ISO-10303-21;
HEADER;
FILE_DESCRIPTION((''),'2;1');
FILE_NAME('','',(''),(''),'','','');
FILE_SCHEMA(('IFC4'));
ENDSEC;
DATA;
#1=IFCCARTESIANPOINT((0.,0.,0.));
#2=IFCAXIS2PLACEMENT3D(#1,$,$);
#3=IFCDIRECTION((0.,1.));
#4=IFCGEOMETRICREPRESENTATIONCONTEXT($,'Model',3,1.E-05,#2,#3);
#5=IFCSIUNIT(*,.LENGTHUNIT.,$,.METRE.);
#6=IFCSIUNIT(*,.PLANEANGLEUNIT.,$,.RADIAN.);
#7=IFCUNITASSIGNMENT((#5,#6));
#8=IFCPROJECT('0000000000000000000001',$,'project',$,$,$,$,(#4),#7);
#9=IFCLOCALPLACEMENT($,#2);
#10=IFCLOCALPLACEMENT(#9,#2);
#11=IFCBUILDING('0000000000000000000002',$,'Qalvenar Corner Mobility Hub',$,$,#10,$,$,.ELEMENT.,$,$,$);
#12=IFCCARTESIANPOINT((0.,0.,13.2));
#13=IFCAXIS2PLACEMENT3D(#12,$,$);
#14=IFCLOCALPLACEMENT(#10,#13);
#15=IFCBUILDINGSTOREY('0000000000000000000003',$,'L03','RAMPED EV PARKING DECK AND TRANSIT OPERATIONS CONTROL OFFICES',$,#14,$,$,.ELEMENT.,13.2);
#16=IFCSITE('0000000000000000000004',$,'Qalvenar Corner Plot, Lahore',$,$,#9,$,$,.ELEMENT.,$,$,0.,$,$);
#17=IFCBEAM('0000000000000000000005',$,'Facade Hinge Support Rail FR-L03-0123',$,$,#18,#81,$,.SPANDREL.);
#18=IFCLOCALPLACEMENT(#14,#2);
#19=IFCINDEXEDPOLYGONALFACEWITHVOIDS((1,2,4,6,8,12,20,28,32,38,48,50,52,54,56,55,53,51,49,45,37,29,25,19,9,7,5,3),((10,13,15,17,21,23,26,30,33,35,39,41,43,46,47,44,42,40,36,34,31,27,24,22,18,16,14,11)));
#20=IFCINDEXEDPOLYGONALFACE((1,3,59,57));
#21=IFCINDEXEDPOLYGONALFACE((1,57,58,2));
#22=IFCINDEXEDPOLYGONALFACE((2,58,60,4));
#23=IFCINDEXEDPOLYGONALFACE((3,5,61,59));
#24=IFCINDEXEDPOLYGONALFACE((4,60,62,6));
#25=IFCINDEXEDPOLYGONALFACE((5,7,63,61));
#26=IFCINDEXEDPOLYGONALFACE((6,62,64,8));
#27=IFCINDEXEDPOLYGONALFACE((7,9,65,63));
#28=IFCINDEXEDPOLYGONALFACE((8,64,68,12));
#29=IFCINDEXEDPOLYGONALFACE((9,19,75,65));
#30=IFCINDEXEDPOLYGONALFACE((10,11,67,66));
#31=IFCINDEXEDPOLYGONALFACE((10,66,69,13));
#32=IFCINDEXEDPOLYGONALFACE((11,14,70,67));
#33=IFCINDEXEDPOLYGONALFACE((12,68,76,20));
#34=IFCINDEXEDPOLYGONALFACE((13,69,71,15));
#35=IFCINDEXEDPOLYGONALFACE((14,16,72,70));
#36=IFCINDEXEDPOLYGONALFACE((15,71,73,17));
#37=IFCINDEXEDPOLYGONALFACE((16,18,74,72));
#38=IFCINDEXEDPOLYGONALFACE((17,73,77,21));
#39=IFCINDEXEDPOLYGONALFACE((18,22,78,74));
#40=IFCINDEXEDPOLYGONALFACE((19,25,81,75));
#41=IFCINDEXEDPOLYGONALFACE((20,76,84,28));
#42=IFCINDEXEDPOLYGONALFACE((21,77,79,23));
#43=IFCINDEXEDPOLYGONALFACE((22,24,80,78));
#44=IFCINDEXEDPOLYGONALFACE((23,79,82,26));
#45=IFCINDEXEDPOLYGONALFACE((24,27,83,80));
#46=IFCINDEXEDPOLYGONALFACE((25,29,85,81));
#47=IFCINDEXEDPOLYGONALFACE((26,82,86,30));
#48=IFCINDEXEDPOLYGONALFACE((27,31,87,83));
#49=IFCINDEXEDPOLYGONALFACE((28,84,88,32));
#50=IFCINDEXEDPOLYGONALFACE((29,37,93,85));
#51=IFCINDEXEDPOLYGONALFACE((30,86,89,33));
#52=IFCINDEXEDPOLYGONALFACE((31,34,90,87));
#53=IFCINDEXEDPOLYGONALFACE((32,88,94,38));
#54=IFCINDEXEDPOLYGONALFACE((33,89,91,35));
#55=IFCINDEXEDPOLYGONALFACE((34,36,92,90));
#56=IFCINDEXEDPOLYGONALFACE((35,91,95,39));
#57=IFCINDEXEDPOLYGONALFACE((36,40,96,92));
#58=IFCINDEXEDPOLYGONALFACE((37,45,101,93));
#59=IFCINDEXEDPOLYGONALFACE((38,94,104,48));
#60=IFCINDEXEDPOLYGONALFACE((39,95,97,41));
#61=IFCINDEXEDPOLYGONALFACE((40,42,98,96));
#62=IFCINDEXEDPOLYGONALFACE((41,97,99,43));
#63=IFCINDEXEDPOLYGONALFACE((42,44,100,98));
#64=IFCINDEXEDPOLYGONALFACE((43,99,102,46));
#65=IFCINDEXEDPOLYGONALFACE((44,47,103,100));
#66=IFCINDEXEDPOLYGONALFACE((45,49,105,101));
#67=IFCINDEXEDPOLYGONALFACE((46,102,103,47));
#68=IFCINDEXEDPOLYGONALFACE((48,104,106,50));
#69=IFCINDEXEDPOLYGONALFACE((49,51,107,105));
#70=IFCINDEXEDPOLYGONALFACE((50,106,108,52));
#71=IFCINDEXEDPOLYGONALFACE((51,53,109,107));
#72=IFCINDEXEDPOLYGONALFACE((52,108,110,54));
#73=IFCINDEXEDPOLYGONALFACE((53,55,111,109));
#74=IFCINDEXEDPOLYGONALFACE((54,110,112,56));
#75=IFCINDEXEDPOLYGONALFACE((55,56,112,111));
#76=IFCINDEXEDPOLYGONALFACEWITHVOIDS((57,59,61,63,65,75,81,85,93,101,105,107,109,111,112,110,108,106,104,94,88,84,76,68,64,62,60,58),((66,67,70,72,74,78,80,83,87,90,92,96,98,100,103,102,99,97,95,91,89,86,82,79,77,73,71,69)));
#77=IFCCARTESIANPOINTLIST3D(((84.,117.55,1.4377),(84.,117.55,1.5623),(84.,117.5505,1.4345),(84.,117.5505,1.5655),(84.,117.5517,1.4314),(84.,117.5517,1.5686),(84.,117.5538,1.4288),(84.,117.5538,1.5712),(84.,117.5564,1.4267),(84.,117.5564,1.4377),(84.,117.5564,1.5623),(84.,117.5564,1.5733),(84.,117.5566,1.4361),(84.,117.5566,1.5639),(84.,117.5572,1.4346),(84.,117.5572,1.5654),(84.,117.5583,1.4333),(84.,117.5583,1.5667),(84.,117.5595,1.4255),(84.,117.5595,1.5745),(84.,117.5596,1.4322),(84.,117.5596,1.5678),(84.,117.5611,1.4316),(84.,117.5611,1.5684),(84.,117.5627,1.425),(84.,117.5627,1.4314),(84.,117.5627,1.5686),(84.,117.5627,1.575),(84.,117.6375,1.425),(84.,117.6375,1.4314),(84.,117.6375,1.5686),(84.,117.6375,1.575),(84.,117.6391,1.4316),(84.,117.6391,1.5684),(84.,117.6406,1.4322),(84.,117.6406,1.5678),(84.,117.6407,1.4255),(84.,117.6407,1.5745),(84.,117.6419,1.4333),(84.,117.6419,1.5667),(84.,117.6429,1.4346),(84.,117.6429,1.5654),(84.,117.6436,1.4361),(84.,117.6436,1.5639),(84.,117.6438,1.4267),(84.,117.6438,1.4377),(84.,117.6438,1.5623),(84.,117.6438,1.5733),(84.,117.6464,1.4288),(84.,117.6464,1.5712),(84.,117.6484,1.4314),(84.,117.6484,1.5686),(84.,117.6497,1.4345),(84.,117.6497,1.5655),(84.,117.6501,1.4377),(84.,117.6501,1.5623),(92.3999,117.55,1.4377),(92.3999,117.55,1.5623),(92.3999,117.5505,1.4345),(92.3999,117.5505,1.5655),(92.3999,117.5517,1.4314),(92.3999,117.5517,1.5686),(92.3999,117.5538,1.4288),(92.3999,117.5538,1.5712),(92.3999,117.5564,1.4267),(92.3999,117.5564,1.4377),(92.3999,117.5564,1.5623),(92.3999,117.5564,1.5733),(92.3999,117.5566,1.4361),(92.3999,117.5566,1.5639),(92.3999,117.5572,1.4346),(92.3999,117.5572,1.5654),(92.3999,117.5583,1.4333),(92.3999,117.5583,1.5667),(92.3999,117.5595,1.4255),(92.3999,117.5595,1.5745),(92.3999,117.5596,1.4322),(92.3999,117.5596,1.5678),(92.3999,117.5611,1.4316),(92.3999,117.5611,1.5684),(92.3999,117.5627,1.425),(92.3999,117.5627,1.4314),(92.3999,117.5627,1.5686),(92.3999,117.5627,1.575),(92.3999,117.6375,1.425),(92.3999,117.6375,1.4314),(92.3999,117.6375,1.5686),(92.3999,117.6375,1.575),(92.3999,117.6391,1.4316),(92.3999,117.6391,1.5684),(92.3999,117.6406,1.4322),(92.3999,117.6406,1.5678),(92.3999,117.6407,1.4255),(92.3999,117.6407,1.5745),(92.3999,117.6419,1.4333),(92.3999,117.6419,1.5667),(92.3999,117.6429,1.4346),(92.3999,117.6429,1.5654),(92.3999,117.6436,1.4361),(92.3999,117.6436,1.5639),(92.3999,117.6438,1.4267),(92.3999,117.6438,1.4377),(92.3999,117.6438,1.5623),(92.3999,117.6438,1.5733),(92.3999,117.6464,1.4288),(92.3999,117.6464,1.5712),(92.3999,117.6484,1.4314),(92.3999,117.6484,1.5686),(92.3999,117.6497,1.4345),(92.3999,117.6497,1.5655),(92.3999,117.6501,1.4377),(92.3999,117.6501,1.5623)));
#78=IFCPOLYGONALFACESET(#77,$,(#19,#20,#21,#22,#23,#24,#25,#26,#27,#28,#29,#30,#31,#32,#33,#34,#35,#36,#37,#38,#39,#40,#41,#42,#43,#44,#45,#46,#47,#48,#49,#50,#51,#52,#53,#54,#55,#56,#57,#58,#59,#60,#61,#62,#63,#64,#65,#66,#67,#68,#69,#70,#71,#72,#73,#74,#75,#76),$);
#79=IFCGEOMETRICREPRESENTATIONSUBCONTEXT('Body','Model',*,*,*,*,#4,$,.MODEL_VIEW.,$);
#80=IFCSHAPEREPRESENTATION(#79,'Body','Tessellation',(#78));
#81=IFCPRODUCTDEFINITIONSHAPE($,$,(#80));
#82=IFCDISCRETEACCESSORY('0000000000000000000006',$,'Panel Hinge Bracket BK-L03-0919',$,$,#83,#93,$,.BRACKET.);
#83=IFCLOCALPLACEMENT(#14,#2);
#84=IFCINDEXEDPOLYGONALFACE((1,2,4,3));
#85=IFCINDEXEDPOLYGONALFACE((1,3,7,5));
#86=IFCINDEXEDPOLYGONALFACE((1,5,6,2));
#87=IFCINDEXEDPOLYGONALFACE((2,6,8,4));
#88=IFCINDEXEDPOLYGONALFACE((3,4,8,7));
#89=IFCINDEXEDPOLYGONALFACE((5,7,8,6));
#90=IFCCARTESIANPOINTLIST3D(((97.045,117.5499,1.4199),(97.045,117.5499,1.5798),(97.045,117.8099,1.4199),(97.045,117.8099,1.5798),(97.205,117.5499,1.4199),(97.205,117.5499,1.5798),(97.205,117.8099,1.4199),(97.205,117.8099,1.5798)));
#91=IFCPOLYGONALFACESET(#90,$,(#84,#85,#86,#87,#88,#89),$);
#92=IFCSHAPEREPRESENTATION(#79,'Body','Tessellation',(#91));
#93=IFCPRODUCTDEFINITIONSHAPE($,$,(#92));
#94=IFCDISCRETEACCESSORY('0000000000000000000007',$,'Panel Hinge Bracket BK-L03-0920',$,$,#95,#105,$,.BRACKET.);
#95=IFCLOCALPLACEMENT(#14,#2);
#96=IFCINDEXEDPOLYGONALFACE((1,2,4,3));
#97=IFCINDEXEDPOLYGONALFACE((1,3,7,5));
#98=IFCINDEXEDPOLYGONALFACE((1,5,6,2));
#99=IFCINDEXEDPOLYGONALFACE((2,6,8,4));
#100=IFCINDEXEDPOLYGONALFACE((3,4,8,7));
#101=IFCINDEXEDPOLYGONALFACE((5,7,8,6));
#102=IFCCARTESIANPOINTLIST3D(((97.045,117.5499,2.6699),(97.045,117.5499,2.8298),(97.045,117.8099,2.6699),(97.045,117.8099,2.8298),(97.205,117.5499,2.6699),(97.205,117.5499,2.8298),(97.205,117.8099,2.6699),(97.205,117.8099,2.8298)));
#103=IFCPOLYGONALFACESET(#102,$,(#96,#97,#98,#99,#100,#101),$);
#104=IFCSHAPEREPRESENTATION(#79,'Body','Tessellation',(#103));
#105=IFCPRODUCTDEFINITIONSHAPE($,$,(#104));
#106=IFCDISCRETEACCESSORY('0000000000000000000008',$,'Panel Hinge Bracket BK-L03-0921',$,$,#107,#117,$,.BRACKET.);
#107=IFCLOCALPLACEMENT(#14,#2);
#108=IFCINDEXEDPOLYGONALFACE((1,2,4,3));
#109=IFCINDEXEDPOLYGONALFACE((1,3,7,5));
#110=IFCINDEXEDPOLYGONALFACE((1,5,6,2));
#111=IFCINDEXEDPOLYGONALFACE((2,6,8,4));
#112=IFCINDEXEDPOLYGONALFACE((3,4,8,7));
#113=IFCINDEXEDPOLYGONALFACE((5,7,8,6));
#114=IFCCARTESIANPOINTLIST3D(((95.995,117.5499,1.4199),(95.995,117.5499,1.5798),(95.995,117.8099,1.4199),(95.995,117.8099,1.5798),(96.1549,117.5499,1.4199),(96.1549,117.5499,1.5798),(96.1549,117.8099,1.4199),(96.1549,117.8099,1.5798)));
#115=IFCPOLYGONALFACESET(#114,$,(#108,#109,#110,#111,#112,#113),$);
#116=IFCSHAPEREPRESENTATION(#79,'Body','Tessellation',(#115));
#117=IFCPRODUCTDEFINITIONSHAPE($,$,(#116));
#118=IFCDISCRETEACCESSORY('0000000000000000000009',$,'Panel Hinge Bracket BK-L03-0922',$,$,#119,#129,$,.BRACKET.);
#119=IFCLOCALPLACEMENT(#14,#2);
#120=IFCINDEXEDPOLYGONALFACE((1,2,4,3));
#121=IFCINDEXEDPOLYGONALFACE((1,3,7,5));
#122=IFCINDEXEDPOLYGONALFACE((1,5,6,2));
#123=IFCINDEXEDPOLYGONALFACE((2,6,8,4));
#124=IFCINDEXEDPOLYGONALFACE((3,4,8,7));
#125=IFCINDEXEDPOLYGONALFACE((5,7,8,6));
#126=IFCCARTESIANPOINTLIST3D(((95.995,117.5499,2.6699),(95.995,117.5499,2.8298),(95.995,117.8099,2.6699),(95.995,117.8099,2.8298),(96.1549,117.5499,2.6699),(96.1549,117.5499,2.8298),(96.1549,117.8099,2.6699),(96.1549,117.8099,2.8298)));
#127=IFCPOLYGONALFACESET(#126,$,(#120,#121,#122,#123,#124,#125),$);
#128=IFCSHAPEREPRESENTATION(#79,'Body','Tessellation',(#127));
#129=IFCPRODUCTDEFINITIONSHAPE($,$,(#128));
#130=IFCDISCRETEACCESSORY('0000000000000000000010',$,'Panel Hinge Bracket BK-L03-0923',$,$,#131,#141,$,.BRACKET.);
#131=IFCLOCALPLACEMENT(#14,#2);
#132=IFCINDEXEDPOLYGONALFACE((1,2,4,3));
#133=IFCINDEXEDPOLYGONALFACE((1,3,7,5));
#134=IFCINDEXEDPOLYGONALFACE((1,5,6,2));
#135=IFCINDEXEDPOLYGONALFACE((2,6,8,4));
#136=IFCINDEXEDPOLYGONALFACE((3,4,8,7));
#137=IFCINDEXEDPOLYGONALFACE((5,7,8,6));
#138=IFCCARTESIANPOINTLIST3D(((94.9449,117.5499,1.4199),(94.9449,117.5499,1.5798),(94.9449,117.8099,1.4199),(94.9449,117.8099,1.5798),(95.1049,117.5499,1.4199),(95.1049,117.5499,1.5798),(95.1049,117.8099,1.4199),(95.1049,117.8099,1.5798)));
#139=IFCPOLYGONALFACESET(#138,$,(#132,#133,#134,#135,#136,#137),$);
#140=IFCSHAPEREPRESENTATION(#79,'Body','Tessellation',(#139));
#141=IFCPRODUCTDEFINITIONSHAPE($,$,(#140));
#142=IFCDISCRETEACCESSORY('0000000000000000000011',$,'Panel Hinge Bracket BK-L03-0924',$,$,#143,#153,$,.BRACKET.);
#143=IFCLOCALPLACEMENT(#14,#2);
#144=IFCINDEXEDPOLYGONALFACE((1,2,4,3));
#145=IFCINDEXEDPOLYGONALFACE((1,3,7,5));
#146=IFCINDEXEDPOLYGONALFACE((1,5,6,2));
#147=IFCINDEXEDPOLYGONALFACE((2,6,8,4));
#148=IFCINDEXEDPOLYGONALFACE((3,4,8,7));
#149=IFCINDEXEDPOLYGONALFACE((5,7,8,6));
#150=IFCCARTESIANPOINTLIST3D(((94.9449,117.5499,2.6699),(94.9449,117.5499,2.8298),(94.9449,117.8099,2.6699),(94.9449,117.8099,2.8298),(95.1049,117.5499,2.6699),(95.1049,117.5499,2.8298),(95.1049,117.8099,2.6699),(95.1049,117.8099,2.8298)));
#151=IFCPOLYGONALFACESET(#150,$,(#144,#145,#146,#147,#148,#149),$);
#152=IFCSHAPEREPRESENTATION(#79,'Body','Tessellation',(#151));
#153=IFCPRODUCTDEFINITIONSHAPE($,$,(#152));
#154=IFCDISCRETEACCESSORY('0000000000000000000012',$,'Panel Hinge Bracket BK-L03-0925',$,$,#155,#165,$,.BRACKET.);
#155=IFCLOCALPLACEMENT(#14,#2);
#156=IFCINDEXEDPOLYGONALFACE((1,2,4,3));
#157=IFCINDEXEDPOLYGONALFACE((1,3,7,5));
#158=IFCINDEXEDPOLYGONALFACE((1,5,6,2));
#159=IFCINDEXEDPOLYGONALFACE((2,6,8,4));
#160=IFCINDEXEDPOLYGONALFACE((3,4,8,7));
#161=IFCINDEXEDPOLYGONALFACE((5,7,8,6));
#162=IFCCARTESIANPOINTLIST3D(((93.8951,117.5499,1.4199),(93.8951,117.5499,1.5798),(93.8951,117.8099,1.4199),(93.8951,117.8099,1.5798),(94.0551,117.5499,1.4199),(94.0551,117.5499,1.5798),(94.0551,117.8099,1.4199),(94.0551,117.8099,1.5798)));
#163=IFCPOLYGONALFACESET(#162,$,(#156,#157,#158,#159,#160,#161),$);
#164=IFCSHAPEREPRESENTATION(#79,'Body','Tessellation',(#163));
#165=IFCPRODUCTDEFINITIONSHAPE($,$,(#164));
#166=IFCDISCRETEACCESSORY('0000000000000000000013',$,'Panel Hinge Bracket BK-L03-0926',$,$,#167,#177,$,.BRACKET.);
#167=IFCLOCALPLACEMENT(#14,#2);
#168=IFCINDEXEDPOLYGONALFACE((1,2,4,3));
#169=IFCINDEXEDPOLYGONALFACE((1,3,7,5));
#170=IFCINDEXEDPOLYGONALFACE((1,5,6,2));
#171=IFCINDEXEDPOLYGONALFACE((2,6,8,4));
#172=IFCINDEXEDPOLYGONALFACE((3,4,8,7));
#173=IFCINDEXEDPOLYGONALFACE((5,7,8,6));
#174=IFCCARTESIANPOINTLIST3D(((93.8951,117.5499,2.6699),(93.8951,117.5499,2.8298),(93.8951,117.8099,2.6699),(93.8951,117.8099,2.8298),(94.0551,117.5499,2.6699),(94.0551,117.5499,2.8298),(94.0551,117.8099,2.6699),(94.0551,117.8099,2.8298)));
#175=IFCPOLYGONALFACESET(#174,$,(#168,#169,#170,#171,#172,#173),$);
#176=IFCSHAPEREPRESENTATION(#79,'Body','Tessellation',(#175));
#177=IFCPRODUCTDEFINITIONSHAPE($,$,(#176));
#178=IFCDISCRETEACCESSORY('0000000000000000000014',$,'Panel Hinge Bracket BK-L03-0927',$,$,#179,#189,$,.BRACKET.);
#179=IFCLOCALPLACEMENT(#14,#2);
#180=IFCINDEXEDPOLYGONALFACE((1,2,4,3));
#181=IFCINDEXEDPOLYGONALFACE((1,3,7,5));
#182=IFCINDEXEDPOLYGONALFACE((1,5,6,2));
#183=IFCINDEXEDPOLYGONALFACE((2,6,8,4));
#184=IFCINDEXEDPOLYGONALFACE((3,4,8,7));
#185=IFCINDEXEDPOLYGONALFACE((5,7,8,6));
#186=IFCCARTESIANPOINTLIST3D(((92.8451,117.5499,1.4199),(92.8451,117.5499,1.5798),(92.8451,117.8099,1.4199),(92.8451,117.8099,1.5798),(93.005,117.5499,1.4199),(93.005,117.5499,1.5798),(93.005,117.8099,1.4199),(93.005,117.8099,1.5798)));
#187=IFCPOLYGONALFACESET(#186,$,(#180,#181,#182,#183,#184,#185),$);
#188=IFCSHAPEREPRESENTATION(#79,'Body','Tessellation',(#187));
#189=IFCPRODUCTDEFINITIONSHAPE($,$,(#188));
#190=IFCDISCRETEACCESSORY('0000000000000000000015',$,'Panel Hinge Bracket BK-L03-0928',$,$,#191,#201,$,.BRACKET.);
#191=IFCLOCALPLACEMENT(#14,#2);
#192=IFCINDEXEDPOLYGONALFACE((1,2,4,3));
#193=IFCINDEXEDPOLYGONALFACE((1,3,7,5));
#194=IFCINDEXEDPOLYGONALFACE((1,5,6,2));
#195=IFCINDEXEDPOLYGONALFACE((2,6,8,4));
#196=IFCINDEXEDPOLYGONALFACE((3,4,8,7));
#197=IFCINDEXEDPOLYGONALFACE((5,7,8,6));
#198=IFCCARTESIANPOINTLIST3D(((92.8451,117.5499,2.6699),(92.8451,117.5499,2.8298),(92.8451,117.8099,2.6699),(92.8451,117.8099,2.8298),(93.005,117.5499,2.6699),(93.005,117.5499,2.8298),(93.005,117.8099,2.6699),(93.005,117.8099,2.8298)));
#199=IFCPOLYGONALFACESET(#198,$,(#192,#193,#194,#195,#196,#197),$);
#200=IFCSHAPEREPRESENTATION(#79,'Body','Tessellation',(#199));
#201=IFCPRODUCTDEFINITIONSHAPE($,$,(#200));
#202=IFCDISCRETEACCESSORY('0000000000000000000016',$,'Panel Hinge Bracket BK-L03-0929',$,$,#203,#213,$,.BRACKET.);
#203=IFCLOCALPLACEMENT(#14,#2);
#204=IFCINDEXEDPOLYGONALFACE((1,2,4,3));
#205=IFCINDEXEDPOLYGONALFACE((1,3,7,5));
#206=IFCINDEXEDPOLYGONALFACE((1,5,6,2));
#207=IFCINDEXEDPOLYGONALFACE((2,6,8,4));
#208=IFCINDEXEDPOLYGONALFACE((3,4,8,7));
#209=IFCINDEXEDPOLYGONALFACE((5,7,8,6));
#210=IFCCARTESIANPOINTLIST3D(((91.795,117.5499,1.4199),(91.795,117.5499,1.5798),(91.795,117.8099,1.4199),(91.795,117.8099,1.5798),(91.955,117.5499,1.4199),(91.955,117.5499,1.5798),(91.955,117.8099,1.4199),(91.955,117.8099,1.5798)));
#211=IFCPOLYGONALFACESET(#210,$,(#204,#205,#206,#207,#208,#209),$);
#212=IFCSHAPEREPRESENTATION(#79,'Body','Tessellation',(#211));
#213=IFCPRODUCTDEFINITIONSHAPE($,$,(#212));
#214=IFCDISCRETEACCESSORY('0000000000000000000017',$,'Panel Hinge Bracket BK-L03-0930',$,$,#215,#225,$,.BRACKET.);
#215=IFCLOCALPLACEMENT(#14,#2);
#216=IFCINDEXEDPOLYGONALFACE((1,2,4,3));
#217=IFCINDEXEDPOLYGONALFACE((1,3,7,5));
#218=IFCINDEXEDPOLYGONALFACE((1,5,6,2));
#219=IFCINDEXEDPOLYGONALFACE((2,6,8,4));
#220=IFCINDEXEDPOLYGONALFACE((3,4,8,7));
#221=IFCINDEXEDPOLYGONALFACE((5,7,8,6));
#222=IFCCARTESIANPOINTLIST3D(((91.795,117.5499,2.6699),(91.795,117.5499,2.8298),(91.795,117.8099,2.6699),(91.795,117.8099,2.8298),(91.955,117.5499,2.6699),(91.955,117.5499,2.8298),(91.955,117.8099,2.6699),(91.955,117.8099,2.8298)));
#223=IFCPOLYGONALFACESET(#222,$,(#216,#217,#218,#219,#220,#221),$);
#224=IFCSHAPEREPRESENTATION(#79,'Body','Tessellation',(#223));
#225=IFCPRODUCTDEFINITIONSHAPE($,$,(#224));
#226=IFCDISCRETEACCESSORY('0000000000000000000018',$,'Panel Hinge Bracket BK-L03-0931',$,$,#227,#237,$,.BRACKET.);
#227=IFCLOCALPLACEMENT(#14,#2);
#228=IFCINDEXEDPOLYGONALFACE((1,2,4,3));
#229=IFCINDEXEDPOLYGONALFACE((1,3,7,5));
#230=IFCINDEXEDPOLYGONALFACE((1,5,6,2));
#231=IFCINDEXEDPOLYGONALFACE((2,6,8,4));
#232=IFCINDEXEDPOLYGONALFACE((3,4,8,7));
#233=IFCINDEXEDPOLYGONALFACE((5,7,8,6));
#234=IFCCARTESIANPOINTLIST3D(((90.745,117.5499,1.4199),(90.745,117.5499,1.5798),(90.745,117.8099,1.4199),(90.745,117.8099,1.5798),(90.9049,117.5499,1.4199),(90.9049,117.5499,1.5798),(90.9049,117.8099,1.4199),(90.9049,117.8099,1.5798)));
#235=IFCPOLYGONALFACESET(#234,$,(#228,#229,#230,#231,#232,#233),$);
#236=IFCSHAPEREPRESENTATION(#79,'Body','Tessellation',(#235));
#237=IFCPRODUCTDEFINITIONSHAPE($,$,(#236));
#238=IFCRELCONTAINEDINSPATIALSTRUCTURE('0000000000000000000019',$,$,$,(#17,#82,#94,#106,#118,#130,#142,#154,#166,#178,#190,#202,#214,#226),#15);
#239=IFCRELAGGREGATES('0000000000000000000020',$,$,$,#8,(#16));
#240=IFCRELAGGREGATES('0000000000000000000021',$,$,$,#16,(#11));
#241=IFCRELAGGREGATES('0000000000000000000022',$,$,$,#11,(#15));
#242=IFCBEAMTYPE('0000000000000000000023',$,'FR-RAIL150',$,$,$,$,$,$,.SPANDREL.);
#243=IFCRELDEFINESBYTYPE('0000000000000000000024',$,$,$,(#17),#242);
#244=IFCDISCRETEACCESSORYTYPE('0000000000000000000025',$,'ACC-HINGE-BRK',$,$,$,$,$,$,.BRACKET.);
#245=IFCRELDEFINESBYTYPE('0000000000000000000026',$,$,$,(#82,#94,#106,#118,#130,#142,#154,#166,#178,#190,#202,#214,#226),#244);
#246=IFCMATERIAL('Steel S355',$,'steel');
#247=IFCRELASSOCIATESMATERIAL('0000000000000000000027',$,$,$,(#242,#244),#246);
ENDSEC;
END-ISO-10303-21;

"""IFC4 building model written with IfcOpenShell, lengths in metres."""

from ifc_helpers import new_model, si_unit, direction, frame, origin, origin_2d, place, context, subcontext, project, spatial, rectangle, hollow_rectangle, extrude, material, material_profile, profile_set, type_object, element, save


model = new_model("IFC4")

# Units and contexts
model_context = context("Model", 3, precision=1e-05, world=origin(), true_north=direction((0.0, 1.0)))
body_context = subcontext(model_context, "Body", "Model", "MODEL_VIEW")
ifc_project = project(units=[si_unit("LENGTHUNIT", "METRE"), si_unit("PLANEANGLEUNIT", "RADIAN")], contexts=[model_context])

# Site, building, storey
site_placement = place(None, origin())
site = spatial("IfcSite", under=ifc_project, at=site_placement, Name="Qalvenar Corner Plot, Lahore", CompositionType="ELEMENT", RefElevation=0.0)
building_placement = place(site_placement, origin())
building = spatial("IfcBuilding", under=site, at=building_placement, Name="Qalvenar Corner Mobility Hub", CompositionType="ELEMENT")
storey_placement = place(building_placement, frame((0.0, 0.0, 13.2)))
storey = spatial("IfcBuildingStorey", under=building, at=storey_placement, Name="L03", Description="RAMPED EV PARKING DECK AND TRANSIT OPERATIONS CONTROL OFFICES", CompositionType="ELEMENT", Elevation=13.2)

# Shared definitions
ifc_material = material(Name="Steel S355", Category="steel")

# Beam
ifc_material_profile_1 = material_profile(ifc_material, hollow_rectangle(XDim=0.1001, YDim=0.1499, WallThickness=0.0063, InnerFilletRadius=0.0063, OuterFilletRadius=0.0127, at=origin_2d()), Name="RHS150x100x6.3")
ifc_profile_set_1 = profile_set([ifc_material_profile_1], Name="Steel S355")
beam_type_1 = type_object("IfcBeamType", Name="FR-RAIL150", PredefinedType="SPANDREL", material=ifc_profile_set_1)
beam_1_placement = place(storey_placement, frame((92.3999, 117.6001, 1.5), z_axis=(-1.0, 0.0, 0.0), x_axis=(0.0, -1.0, 0.0)))
element("IfcBeam", 1, at=beam_1_placement, inside=storey, type_object=beam_type_1, Name="Facade Hinge Support Rail FR-L03-0123", PredefinedType="SPANDREL", context=body_context, shape_type="SweptSolid", body=[
    extrude(hollow_rectangle(XDim=0.1001, YDim=0.1499, WallThickness=0.0063, InnerFilletRadius=0.0063, OuterFilletRadius=0.0127, at=origin_2d()), origin(), (0.0, 0.0, 1.0), 8.3999),
])

# Discrete accessories
discrete_accessory_type = type_object("IfcDiscreteAccessoryType", Name="ACC-HINGE-BRK", PredefinedType="BRACKET", material=ifc_material)
for number, where, z_axis, x_axis, name in (
    (2, (97.125, 117.6799, 1.4199), (0.0, 0.0, 1.0), (-1.0, 0.0, 0.0), "Panel Hinge Bracket BK-L03-0919"),
    (3, (97.125, 117.6799, 2.6699), (0.0, 0.0, 1.0), (-1.0, 0.0, 0.0), "Panel Hinge Bracket BK-L03-0920"),
    (4, (96.075, 117.6799, 1.4199), (0.0, 0.0, 1.0), (-1.0, 0.0, 0.0), "Panel Hinge Bracket BK-L03-0921"),
    (5, (96.075, 117.6799, 2.6699), (0.0, 0.0, 1.0), (-1.0, 0.0, 0.0), "Panel Hinge Bracket BK-L03-0922"),
    (6, (95.0249, 117.6799, 1.4199), (0.0, 0.0, 1.0), (-1.0, 0.0, 0.0), "Panel Hinge Bracket BK-L03-0923"),
    (7, (95.0249, 117.6799, 2.6699), (0.0, 0.0, 1.0), (-1.0, 0.0, 0.0), "Panel Hinge Bracket BK-L03-0924"),
    (8, (93.9751, 117.6799, 1.4199), (0.0, 0.0, 1.0), (-1.0, 0.0, 0.0), "Panel Hinge Bracket BK-L03-0925"),
    (9, (93.9751, 117.6799, 2.6699), (0.0, 0.0, 1.0), (-1.0, 0.0, 0.0), "Panel Hinge Bracket BK-L03-0926"),
    (10, (92.925, 117.6799, 1.4199), (0.0, 0.0, 1.0), (-1.0, 0.0, 0.0), "Panel Hinge Bracket BK-L03-0927"),
    (11, (92.925, 117.6799, 2.6699), (0.0, 0.0, 1.0), (-1.0, 0.0, 0.0), "Panel Hinge Bracket BK-L03-0928"),
    (12, (91.875, 117.6799, 1.4199), (0.0, 0.0, 1.0), (-1.0, 0.0, 0.0), "Panel Hinge Bracket BK-L03-0929"),
    (13, (91.875, 117.6799, 2.6699), (0.0, 0.0, 1.0), (-1.0, 0.0, 0.0), "Panel Hinge Bracket BK-L03-0930"),
    (14, (90.825, 117.6799, 1.4199), (0.0, 0.0, 1.0), (-1.0, 0.0, 0.0), "Panel Hinge Bracket BK-L03-0931"),
):
    element("IfcDiscreteAccessory", number, at=place(storey_placement, frame(where, z_axis=z_axis, x_axis=x_axis)), inside=storey, type_object=discrete_accessory_type, Name=name, PredefinedType="BRACKET", context=body_context, shape_type="SweptSolid", body=[
        extrude(rectangle(XDim=0.1599, YDim=0.26, at=origin_2d()), origin(), (0.0, 0.0, 1.0), 0.1599),
    ])

save(model, "model.ifc")
